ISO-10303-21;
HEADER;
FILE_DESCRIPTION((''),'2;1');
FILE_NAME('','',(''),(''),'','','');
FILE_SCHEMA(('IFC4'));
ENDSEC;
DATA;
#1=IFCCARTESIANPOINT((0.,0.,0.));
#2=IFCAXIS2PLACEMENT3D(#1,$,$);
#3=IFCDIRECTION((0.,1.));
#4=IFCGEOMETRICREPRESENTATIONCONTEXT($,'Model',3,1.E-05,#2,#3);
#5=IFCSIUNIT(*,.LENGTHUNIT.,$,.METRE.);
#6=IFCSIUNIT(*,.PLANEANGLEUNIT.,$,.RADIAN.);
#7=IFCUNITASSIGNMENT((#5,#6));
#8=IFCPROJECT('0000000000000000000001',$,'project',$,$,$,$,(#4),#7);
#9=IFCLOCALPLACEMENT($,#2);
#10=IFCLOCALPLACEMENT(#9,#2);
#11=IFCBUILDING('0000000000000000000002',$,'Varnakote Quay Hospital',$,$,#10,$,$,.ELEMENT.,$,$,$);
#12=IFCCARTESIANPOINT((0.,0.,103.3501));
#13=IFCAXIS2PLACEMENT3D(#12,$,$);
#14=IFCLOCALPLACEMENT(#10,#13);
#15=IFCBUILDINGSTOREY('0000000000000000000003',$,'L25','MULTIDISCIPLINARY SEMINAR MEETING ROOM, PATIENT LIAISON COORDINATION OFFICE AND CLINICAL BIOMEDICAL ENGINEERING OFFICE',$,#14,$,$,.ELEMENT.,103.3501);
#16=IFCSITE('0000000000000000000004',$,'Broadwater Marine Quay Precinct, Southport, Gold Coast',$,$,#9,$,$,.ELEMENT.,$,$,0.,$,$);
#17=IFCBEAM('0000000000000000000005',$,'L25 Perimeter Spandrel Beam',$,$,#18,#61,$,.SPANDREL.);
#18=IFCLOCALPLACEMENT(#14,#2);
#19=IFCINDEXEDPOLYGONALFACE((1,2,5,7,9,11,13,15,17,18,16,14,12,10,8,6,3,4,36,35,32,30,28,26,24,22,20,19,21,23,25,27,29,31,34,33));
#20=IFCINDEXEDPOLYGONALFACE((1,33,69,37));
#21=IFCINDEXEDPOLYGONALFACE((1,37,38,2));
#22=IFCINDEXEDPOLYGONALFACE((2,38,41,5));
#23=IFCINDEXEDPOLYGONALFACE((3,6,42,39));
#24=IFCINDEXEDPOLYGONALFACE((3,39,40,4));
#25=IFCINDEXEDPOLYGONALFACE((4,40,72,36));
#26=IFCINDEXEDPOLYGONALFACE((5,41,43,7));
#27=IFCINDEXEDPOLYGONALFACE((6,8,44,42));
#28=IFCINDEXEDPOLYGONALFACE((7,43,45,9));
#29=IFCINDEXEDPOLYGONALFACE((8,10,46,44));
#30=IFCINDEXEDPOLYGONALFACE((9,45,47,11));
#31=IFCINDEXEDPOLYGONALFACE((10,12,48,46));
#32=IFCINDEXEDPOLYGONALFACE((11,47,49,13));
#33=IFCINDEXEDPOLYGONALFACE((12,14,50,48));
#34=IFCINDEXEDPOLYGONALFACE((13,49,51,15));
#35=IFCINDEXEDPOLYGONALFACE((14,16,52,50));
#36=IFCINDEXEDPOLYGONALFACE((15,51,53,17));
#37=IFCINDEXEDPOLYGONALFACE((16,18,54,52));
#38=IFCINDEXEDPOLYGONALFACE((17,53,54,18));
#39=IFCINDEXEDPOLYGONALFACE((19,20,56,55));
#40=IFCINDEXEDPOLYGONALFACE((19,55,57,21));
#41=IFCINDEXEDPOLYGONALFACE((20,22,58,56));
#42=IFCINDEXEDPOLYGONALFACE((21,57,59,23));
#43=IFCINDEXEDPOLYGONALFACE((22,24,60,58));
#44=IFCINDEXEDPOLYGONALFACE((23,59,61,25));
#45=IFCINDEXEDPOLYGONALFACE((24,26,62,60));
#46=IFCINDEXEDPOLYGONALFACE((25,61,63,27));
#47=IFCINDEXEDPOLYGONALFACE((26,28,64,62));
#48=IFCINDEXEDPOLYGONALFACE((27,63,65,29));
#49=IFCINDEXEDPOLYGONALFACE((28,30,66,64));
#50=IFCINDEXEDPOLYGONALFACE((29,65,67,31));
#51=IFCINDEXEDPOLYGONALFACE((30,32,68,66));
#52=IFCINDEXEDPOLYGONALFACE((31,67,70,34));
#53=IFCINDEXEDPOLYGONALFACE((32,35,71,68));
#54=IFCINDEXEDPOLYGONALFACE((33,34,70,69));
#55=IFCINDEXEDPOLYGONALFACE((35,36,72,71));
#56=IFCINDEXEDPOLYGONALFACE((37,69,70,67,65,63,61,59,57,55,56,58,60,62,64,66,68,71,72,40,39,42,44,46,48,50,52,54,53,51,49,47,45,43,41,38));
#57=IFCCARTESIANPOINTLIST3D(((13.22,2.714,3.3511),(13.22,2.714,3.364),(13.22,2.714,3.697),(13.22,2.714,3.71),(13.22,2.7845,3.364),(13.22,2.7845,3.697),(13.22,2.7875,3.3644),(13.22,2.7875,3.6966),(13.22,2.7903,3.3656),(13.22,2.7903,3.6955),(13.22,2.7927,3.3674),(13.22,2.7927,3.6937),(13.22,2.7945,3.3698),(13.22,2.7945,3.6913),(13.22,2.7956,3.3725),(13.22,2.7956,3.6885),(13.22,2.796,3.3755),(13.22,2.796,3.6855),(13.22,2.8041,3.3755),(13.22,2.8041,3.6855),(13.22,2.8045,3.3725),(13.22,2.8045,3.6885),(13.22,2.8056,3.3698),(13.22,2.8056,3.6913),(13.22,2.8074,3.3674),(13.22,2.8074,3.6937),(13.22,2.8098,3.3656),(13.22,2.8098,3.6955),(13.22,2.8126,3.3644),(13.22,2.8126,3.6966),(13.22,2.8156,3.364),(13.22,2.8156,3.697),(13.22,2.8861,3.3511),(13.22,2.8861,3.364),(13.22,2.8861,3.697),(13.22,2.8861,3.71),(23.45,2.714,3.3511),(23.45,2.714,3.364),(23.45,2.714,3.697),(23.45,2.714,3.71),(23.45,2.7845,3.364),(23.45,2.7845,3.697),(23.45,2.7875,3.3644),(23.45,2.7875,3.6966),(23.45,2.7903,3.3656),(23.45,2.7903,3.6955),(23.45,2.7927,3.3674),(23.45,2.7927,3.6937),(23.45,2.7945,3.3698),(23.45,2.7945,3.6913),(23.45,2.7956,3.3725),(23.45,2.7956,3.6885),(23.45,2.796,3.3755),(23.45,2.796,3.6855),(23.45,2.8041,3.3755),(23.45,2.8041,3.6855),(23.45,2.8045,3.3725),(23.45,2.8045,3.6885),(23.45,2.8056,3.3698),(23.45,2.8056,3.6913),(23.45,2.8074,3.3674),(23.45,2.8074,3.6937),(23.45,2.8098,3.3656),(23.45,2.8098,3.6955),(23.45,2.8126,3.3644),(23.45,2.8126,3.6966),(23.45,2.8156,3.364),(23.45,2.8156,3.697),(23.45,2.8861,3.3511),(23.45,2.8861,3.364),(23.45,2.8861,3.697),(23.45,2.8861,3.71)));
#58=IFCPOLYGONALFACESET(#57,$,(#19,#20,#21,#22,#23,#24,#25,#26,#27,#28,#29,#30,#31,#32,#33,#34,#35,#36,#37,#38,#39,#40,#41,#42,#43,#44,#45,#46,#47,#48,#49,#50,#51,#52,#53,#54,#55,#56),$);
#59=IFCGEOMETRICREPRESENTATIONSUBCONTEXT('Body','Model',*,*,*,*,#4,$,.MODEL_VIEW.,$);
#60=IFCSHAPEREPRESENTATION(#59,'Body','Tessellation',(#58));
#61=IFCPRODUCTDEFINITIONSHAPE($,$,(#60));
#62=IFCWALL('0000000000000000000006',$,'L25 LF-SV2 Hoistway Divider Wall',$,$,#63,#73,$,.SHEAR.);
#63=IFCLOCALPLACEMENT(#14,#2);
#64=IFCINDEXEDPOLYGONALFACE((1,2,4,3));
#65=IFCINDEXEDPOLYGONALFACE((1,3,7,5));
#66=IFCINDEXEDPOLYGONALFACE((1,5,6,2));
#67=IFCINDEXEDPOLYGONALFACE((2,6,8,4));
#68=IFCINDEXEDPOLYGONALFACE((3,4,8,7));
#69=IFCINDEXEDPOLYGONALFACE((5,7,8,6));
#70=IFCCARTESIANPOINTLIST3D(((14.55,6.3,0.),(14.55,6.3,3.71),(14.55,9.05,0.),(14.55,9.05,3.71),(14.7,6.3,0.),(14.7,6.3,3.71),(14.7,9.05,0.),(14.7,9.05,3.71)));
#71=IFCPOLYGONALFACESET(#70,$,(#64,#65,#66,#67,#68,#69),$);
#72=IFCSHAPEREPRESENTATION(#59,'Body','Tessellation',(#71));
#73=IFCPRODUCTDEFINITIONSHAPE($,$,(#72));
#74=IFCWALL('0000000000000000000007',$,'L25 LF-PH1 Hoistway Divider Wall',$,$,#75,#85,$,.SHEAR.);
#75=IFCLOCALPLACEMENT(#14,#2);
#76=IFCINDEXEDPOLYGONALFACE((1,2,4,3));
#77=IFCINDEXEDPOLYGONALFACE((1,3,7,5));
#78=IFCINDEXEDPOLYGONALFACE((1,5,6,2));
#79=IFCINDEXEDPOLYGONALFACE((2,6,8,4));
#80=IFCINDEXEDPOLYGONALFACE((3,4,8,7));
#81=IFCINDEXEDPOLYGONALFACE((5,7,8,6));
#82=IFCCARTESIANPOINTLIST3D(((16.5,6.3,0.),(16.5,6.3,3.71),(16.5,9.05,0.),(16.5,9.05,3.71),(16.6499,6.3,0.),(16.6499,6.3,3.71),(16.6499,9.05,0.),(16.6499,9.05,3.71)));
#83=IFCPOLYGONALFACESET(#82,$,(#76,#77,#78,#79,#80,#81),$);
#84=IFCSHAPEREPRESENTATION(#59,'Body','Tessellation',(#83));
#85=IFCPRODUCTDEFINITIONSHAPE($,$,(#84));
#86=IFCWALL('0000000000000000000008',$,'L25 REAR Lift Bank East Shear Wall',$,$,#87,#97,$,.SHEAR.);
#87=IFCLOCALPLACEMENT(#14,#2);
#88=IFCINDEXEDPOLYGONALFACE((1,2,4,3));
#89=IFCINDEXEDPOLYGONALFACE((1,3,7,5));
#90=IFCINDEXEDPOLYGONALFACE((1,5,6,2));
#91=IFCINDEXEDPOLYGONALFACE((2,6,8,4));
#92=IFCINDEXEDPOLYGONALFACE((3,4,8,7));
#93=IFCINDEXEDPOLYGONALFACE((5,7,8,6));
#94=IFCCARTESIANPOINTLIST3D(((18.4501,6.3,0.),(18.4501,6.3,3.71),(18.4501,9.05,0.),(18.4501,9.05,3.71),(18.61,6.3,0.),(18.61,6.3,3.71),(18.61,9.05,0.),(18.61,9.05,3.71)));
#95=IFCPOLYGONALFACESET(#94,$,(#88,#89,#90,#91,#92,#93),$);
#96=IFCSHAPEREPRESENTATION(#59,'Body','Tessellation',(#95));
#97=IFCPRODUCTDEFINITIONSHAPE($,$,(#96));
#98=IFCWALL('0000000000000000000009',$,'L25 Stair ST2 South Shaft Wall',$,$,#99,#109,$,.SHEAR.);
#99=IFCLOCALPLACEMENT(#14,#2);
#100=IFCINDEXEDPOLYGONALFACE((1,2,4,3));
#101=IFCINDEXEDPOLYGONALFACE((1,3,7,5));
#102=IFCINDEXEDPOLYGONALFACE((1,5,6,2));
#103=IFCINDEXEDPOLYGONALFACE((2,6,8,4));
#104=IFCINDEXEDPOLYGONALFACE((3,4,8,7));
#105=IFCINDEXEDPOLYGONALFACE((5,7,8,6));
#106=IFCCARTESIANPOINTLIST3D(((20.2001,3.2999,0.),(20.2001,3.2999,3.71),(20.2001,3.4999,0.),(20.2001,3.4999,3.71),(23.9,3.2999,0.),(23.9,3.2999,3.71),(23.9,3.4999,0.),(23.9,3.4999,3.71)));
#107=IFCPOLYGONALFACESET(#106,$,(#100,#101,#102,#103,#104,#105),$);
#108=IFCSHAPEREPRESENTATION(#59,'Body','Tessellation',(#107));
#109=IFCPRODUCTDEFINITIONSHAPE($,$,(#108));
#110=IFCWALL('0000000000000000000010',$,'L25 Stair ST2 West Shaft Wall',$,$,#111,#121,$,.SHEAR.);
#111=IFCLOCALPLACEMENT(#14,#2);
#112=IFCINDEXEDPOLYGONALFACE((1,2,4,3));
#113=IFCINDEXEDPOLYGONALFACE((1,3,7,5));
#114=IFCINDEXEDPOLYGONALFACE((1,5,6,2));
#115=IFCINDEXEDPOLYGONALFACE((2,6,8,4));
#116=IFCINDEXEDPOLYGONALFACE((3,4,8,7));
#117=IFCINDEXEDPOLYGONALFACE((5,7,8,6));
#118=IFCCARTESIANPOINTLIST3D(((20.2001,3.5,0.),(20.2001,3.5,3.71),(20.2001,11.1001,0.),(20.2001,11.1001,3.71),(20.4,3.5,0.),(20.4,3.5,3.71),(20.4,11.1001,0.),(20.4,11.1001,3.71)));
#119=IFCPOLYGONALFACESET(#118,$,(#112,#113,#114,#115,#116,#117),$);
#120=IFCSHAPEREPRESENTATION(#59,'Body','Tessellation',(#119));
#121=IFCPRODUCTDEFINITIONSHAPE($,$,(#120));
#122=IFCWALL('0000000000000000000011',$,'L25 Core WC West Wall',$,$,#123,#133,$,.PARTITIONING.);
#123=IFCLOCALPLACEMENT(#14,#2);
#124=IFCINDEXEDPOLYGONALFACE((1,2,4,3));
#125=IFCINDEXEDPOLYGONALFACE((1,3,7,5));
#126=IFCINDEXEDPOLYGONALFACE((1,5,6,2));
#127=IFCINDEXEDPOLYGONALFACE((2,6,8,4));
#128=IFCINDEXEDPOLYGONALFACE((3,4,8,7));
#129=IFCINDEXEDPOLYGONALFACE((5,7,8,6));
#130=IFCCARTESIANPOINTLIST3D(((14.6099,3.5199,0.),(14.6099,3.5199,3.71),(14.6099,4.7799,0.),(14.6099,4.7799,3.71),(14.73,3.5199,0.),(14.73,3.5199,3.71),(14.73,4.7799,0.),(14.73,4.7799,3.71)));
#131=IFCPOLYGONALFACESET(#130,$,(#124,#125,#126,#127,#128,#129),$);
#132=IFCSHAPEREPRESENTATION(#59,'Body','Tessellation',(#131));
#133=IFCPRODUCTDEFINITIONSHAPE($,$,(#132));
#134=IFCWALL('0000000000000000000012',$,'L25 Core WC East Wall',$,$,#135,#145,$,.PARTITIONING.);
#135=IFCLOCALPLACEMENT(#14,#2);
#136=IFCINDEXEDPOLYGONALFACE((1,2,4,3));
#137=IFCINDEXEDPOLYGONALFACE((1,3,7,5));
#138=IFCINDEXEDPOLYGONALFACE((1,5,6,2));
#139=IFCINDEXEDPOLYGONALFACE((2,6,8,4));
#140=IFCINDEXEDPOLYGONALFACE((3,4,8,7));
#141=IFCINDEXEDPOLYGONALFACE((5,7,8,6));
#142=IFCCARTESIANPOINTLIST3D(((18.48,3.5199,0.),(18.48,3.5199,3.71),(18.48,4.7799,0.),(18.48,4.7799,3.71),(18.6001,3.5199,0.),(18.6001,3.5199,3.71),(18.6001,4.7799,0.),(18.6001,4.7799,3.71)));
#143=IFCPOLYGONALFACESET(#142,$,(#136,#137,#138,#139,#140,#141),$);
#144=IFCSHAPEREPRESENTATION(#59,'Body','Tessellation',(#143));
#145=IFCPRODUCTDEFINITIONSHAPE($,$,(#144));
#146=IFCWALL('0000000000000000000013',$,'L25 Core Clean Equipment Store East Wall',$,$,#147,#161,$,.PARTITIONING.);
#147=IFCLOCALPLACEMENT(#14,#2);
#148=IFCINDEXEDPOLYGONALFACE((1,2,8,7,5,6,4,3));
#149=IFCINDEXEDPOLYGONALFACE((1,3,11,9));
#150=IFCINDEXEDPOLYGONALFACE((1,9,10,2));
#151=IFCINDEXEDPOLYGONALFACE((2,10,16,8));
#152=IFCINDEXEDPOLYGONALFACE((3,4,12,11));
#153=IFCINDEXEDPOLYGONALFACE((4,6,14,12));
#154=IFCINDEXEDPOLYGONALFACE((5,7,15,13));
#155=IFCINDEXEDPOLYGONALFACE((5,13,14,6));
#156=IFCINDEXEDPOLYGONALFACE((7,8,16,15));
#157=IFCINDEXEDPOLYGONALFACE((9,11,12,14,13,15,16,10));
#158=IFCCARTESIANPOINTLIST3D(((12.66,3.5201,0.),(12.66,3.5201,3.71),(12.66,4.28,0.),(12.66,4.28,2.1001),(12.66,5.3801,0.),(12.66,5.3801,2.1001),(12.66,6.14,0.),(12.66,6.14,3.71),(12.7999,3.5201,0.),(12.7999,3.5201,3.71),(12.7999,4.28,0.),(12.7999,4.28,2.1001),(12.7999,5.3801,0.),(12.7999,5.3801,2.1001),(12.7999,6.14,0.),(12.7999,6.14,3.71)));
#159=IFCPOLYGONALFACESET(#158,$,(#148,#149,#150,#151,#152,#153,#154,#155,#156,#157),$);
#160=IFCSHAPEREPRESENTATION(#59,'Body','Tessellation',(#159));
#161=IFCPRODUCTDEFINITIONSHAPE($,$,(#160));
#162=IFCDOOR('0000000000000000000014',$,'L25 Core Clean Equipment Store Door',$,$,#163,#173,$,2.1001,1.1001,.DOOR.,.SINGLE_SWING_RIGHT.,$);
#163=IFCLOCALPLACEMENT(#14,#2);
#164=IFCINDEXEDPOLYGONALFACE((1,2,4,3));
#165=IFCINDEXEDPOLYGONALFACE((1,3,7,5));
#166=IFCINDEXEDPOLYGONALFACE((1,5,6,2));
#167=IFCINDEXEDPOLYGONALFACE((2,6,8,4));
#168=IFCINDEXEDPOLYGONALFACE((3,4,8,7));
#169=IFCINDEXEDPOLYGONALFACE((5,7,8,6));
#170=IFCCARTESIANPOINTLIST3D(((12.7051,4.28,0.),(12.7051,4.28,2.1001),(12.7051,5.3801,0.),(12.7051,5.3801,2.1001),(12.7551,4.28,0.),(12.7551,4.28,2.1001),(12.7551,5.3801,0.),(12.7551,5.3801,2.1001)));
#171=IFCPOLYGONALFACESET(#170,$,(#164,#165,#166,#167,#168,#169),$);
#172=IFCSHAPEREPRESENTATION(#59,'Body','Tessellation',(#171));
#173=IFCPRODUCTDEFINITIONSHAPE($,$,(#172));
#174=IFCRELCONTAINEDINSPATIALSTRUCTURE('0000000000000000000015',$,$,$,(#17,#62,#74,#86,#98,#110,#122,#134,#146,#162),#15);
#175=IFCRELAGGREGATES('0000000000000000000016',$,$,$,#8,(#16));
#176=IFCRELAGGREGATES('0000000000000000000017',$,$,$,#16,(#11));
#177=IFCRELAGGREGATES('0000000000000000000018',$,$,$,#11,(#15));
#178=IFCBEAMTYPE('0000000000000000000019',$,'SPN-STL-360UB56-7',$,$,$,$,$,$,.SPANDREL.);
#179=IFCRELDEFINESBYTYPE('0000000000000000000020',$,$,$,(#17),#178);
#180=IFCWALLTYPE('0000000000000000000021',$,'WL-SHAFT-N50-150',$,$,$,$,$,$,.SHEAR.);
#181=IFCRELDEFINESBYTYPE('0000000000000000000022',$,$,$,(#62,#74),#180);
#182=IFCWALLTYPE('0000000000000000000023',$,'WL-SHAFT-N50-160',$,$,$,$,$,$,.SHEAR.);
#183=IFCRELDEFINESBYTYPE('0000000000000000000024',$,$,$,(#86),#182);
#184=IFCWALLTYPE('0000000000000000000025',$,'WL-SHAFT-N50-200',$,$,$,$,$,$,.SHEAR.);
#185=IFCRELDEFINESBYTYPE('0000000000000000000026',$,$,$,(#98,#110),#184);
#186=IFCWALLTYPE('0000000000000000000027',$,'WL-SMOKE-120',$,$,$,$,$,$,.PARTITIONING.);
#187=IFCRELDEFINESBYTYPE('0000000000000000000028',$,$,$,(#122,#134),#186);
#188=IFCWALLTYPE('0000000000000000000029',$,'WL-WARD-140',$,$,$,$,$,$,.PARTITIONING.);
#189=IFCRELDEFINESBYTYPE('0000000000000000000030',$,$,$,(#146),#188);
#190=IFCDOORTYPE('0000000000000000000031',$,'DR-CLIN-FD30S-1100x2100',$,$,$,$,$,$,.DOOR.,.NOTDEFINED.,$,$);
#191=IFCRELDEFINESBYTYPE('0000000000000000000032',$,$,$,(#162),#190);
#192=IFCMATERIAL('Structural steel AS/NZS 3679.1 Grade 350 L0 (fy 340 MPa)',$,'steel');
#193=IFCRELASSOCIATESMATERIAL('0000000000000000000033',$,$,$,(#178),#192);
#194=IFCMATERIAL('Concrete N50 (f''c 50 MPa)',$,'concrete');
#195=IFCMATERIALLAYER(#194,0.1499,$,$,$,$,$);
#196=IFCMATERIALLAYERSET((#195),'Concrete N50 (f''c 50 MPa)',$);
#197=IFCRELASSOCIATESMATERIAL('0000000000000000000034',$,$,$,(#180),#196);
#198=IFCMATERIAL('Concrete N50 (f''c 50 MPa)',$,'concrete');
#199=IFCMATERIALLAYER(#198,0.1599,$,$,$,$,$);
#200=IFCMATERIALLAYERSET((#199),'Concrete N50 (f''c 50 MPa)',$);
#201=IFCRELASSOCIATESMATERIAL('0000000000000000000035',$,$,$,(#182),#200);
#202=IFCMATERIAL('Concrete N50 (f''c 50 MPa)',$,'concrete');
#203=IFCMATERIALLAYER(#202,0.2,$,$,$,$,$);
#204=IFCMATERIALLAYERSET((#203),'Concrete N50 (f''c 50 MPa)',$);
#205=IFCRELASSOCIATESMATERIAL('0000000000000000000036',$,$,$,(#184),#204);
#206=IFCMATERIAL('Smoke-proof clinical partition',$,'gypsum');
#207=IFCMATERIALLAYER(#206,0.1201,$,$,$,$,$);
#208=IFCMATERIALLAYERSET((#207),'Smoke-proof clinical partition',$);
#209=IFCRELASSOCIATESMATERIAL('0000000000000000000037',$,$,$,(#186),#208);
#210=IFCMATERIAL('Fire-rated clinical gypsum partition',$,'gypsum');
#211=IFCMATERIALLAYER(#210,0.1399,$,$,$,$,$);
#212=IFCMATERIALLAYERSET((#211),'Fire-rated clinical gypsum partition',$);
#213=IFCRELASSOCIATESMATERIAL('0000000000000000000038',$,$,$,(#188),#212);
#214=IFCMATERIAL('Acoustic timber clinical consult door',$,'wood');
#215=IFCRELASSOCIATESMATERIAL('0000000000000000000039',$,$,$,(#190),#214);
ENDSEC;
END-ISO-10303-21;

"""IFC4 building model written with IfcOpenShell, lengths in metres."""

from ifc_helpers import new_model, si_unit, direction, frame, frame_2d, origin, origin_2d, place, context, subcontext, project, spatial, rectangle, i_section, extrude, material, layer, layer_set, material_profile, profile_set, type_object, element, fill, save


model = new_model("IFC4")

# Units and contexts
model_context = context("Model", 3, precision=1e-05, world=origin(), true_north=direction((0.0, 1.0)))
body_context = subcontext(model_context, "Body", "Model", "MODEL_VIEW")
ifc_project = project(units=[si_unit("LENGTHUNIT", "METRE"), si_unit("PLANEANGLEUNIT", "RADIAN")], contexts=[model_context])

# Site, building, storey
site_placement = place(None, origin())
site = spatial("IfcSite", under=ifc_project, at=site_placement, Name="Broadwater Marine Quay Precinct, Southport, Gold Coast", CompositionType="ELEMENT", RefElevation=0.0)
building_placement = place(site_placement, origin())
building = spatial("IfcBuilding", under=site, at=building_placement, Name="Varnakote Quay Hospital", CompositionType="ELEMENT")
storey_placement = place(building_placement, frame((0.0, 0.0, 103.3501)))
storey = spatial("IfcBuildingStorey", under=building, at=storey_placement, Name="L25", Description="MULTIDISCIPLINARY SEMINAR MEETING ROOM, PATIENT LIAISON COORDINATION OFFICE AND CLINICAL BIOMEDICAL ENGINEERING OFFICE", CompositionType="ELEMENT", Elevation=103.3501)

# Beam
ifc_material_1 = material(Name="Structural steel AS/NZS 3679.1 Grade 350 L0 (fy 340 MPa)", Category="steel")
ifc_material_profile = material_profile(ifc_material_1, i_section(OverallWidth=0.1721, OverallDepth=0.3589, WebThickness=0.0081, FlangeThickness=0.0129, FilletRadius=0.0115, at=origin_2d()), Name="360UB56.7")
ifc_profile_set = profile_set([ifc_material_profile], Name="Structural steel AS/NZS 3679.1 Grade 350 L0 (fy 340 MPa)")
beam_type = type_object("IfcBeamType", Name="SPN-STL-360UB56-7", PredefinedType="SPANDREL", material=ifc_profile_set)
beam_placement = place(storey_placement, frame((13.22, 2.8, 3.5305), z_axis=(1.0, 0.0, 0.0), x_axis=(0.0, 1.0, 0.0)))
element("IfcBeam", 1, at=beam_placement, inside=storey, type_object=beam_type, Name="L25 Perimeter Spandrel Beam", PredefinedType="SPANDREL", context=body_context, shape_type="SweptSolid", body=[
    extrude(i_section(OverallWidth=0.1721, OverallDepth=0.3589, WebThickness=0.0081, FlangeThickness=0.0129, FilletRadius=0.0115, at=origin_2d()), origin(), (0.0, 0.0, 1.0), 10.23),
])

# Walls
ifc_material_2 = material(Name="Concrete N50 (f'c 50 MPa)", Category="concrete")
ifc_layer_1 = layer(ifc_material_2, 0.1499)
ifc_layer_set_1 = layer_set([ifc_layer_1], Name="Concrete N50 (f'c 50 MPa)")
wall_type_1 = type_object("IfcWallType", Name="WL-SHAFT-N50-150", PredefinedType="SHEAR", material=ifc_layer_set_1)
for number, where, z_axis, x_axis, name in (
    (2, (14.625, 6.3, 0.0), (0.0, 0.0, 1.0), (0.0, 1.0, 0.0), "L25 LF-SV2 Hoistway Divider Wall"),
    (3, (16.575, 6.3, 0.0), (0.0, 0.0, 1.0), (0.0, 1.0, 0.0), "L25 LF-PH1 Hoistway Divider Wall"),
):
    element("IfcWall", number, at=place(storey_placement, frame(where, z_axis=z_axis, x_axis=x_axis)), inside=storey, type_object=wall_type_1, Name=name, PredefinedType="SHEAR", context=body_context, shape_type="SweptSolid", body=[
        extrude(rectangle(XDim=2.75, YDim=0.1499, at=frame_2d((1.375, 0.0))), origin(), (0.0, 0.0, 1.0), 3.71),
    ])
ifc_material_3 = material(Name="Concrete N50 (f'c 50 MPa)", Category="concrete")
ifc_layer_2 = layer(ifc_material_3, 0.1599)
ifc_layer_set_2 = layer_set([ifc_layer_2], Name="Concrete N50 (f'c 50 MPa)")
wall_type_2 = type_object("IfcWallType", Name="WL-SHAFT-N50-160", PredefinedType="SHEAR", material=ifc_layer_set_2)
wall_1_placement = place(storey_placement, frame((18.53, 6.3, 0.0), z_axis=(0.0, 0.0, 1.0), x_axis=(0.0, 1.0, 0.0)))
element("IfcWall", 4, at=wall_1_placement, inside=storey, type_object=wall_type_2, Name="L25 REAR Lift Bank East Shear Wall", PredefinedType="SHEAR", context=body_context, shape_type="SweptSolid", body=[
    extrude(rectangle(XDim=2.75, YDim=0.1599, at=frame_2d((1.375, 0.0))), origin(), (0.0, 0.0, 1.0), 3.71),
])

# Walls
ifc_material_4 = material(Name="Concrete N50 (f'c 50 MPa)", Category="concrete")
ifc_layer_3 = layer(ifc_material_4, 0.2)
ifc_layer_set_3 = layer_set([ifc_layer_3], Name="Concrete N50 (f'c 50 MPa)")
wall_type_3 = type_object("IfcWallType", Name="WL-SHAFT-N50-200", PredefinedType="SHEAR", material=ifc_layer_set_3)
wall_2_placement = place(storey_placement, frame((20.2, 3.3999, 0.0), z_axis=(0.0, 0.0, 1.0), x_axis=(1.0, 0.0, 0.0)))
element("IfcWall", 5, at=wall_2_placement, inside=storey, type_object=wall_type_3, Name="L25 Stair ST2 South Shaft Wall", PredefinedType="SHEAR", context=body_context, shape_type="SweptSolid", body=[
    extrude(rectangle(XDim=3.7, YDim=0.2, at=frame_2d((1.8501, 0.0))), origin(), (0.0, 0.0, 1.0), 3.71),
])
wall_3_placement = place(storey_placement, frame((20.3, 3.5, 0.0), z_axis=(0.0, 0.0, 1.0), x_axis=(0.0, 1.0, 0.0)))
element("IfcWall", 6, at=wall_3_placement, inside=storey, type_object=wall_type_3, Name="L25 Stair ST2 West Shaft Wall", PredefinedType="SHEAR", context=body_context, shape_type="SweptSolid", body=[
    extrude(rectangle(XDim=7.6001, YDim=0.2, at=frame_2d((3.8, 0.0))), origin(), (0.0, 0.0, 1.0), 3.71),
])

# Walls
ifc_material_5 = material(Name="Smoke-proof clinical partition", Category="gypsum")
ifc_layer_4 = layer(ifc_material_5, 0.1201)
ifc_layer_set_4 = layer_set([ifc_layer_4], Name="Smoke-proof clinical partition")
wall_type_4 = type_object("IfcWallType", Name="WL-SMOKE-120", PredefinedType="PARTITIONING", material=ifc_layer_set_4)
for number, where, z_axis, x_axis, name in (
    (7, (14.6699, 3.52, 0.0), (0.0, 0.0, 1.0), (0.0, 1.0, 0.0), "L25 Core WC West Wall"),
    (8, (18.54, 3.52, 0.0), (0.0, 0.0, 1.0), (0.0, 1.0, 0.0), "L25 Core WC East Wall"),
):
    element("IfcWall", number, at=place(storey_placement, frame(where, z_axis=z_axis, x_axis=x_axis)), inside=storey, type_object=wall_type_4, Name=name, PredefinedType="PARTITIONING", context=body_context, shape_type="SweptSolid", body=[
        extrude(rectangle(XDim=1.26, YDim=0.1201, at=frame_2d((0.6299, 0.0))), origin(), (0.0, 0.0, 1.0), 3.71),
    ])

# Wall, opening, door
ifc_material_6 = material(Name="Fire-rated clinical gypsum partition", Category="gypsum")
ifc_layer_5 = layer(ifc_material_6, 0.1399)
ifc_layer_set_5 = layer_set([ifc_layer_5], Name="Fire-rated clinical gypsum partition")
wall_type_5 = type_object("IfcWallType", Name="WL-WARD-140", PredefinedType="PARTITIONING", material=ifc_layer_set_5)
wall_4_placement = place(storey_placement, frame((12.73, 3.52, 0.0), z_axis=(0.0, 0.0, 1.0), x_axis=(0.0, 1.0, 0.0)))
wall_4 = element("IfcWall", 9, at=wall_4_placement, inside=storey, type_object=wall_type_5, Name="L25 Core Clean Equipment Store East Wall", PredefinedType="PARTITIONING", context=body_context, shape_type="SweptSolid", body=[
    extrude(rectangle(XDim=2.6199, YDim=0.1399, at=frame_2d((1.3101, 0.0))), origin(), (0.0, 0.0, 1.0), 3.71),
])
opening_1_placement = place(wall_4_placement, frame((0.76, 0.0, 0.0)))
opening_1 = element("IfcOpeningElement", 10, at=opening_1_placement, cuts=wall_4, PredefinedType="OPENING", context=body_context, shape_type="SweptSolid", body=[
    extrude(rectangle(XDim=1.1001, YDim=2.1001, at=frame_2d((0.55, 1.05))), frame((0.0, 0.0798, 0.0), z_axis=(0.0, -1.0, 0.0), x_axis=(1.0, 0.0, 0.0)), (0.0, 0.0, 1.0), 0.1599),
])
ifc_material_7 = material(Name="Acoustic timber clinical consult door", Category="wood")
door_type_1 = type_object("IfcDoorType", Name="DR-CLIN-FD30S-1100x2100", OperationType="NOTDEFINED", PredefinedType="DOOR", material=ifc_material_7)
door_1_placement = place(opening_1_placement, origin())
door_1 = element("IfcDoor", 11, at=door_1_placement, inside=storey, type_object=door_type_1, Name="L25 Core Clean Equipment Store Door", OperationType="SINGLE_SWING_RIGHT", OverallHeight=2.1001, OverallWidth=1.1001, PredefinedType="DOOR", context=body_context, shape_type="SweptSolid", body=[
    extrude(rectangle(XDim=1.1001, YDim=2.1001, at=frame_2d((0.55, 1.05))), frame((0.0, 0.0249, 0.0), z_axis=(0.0, -1.0, 0.0), x_axis=(1.0, 0.0, 0.0)), (0.0, 0.0, 1.0), 0.05),
])
fill(opening_1, door_1)

save(model, "model.ifc")
